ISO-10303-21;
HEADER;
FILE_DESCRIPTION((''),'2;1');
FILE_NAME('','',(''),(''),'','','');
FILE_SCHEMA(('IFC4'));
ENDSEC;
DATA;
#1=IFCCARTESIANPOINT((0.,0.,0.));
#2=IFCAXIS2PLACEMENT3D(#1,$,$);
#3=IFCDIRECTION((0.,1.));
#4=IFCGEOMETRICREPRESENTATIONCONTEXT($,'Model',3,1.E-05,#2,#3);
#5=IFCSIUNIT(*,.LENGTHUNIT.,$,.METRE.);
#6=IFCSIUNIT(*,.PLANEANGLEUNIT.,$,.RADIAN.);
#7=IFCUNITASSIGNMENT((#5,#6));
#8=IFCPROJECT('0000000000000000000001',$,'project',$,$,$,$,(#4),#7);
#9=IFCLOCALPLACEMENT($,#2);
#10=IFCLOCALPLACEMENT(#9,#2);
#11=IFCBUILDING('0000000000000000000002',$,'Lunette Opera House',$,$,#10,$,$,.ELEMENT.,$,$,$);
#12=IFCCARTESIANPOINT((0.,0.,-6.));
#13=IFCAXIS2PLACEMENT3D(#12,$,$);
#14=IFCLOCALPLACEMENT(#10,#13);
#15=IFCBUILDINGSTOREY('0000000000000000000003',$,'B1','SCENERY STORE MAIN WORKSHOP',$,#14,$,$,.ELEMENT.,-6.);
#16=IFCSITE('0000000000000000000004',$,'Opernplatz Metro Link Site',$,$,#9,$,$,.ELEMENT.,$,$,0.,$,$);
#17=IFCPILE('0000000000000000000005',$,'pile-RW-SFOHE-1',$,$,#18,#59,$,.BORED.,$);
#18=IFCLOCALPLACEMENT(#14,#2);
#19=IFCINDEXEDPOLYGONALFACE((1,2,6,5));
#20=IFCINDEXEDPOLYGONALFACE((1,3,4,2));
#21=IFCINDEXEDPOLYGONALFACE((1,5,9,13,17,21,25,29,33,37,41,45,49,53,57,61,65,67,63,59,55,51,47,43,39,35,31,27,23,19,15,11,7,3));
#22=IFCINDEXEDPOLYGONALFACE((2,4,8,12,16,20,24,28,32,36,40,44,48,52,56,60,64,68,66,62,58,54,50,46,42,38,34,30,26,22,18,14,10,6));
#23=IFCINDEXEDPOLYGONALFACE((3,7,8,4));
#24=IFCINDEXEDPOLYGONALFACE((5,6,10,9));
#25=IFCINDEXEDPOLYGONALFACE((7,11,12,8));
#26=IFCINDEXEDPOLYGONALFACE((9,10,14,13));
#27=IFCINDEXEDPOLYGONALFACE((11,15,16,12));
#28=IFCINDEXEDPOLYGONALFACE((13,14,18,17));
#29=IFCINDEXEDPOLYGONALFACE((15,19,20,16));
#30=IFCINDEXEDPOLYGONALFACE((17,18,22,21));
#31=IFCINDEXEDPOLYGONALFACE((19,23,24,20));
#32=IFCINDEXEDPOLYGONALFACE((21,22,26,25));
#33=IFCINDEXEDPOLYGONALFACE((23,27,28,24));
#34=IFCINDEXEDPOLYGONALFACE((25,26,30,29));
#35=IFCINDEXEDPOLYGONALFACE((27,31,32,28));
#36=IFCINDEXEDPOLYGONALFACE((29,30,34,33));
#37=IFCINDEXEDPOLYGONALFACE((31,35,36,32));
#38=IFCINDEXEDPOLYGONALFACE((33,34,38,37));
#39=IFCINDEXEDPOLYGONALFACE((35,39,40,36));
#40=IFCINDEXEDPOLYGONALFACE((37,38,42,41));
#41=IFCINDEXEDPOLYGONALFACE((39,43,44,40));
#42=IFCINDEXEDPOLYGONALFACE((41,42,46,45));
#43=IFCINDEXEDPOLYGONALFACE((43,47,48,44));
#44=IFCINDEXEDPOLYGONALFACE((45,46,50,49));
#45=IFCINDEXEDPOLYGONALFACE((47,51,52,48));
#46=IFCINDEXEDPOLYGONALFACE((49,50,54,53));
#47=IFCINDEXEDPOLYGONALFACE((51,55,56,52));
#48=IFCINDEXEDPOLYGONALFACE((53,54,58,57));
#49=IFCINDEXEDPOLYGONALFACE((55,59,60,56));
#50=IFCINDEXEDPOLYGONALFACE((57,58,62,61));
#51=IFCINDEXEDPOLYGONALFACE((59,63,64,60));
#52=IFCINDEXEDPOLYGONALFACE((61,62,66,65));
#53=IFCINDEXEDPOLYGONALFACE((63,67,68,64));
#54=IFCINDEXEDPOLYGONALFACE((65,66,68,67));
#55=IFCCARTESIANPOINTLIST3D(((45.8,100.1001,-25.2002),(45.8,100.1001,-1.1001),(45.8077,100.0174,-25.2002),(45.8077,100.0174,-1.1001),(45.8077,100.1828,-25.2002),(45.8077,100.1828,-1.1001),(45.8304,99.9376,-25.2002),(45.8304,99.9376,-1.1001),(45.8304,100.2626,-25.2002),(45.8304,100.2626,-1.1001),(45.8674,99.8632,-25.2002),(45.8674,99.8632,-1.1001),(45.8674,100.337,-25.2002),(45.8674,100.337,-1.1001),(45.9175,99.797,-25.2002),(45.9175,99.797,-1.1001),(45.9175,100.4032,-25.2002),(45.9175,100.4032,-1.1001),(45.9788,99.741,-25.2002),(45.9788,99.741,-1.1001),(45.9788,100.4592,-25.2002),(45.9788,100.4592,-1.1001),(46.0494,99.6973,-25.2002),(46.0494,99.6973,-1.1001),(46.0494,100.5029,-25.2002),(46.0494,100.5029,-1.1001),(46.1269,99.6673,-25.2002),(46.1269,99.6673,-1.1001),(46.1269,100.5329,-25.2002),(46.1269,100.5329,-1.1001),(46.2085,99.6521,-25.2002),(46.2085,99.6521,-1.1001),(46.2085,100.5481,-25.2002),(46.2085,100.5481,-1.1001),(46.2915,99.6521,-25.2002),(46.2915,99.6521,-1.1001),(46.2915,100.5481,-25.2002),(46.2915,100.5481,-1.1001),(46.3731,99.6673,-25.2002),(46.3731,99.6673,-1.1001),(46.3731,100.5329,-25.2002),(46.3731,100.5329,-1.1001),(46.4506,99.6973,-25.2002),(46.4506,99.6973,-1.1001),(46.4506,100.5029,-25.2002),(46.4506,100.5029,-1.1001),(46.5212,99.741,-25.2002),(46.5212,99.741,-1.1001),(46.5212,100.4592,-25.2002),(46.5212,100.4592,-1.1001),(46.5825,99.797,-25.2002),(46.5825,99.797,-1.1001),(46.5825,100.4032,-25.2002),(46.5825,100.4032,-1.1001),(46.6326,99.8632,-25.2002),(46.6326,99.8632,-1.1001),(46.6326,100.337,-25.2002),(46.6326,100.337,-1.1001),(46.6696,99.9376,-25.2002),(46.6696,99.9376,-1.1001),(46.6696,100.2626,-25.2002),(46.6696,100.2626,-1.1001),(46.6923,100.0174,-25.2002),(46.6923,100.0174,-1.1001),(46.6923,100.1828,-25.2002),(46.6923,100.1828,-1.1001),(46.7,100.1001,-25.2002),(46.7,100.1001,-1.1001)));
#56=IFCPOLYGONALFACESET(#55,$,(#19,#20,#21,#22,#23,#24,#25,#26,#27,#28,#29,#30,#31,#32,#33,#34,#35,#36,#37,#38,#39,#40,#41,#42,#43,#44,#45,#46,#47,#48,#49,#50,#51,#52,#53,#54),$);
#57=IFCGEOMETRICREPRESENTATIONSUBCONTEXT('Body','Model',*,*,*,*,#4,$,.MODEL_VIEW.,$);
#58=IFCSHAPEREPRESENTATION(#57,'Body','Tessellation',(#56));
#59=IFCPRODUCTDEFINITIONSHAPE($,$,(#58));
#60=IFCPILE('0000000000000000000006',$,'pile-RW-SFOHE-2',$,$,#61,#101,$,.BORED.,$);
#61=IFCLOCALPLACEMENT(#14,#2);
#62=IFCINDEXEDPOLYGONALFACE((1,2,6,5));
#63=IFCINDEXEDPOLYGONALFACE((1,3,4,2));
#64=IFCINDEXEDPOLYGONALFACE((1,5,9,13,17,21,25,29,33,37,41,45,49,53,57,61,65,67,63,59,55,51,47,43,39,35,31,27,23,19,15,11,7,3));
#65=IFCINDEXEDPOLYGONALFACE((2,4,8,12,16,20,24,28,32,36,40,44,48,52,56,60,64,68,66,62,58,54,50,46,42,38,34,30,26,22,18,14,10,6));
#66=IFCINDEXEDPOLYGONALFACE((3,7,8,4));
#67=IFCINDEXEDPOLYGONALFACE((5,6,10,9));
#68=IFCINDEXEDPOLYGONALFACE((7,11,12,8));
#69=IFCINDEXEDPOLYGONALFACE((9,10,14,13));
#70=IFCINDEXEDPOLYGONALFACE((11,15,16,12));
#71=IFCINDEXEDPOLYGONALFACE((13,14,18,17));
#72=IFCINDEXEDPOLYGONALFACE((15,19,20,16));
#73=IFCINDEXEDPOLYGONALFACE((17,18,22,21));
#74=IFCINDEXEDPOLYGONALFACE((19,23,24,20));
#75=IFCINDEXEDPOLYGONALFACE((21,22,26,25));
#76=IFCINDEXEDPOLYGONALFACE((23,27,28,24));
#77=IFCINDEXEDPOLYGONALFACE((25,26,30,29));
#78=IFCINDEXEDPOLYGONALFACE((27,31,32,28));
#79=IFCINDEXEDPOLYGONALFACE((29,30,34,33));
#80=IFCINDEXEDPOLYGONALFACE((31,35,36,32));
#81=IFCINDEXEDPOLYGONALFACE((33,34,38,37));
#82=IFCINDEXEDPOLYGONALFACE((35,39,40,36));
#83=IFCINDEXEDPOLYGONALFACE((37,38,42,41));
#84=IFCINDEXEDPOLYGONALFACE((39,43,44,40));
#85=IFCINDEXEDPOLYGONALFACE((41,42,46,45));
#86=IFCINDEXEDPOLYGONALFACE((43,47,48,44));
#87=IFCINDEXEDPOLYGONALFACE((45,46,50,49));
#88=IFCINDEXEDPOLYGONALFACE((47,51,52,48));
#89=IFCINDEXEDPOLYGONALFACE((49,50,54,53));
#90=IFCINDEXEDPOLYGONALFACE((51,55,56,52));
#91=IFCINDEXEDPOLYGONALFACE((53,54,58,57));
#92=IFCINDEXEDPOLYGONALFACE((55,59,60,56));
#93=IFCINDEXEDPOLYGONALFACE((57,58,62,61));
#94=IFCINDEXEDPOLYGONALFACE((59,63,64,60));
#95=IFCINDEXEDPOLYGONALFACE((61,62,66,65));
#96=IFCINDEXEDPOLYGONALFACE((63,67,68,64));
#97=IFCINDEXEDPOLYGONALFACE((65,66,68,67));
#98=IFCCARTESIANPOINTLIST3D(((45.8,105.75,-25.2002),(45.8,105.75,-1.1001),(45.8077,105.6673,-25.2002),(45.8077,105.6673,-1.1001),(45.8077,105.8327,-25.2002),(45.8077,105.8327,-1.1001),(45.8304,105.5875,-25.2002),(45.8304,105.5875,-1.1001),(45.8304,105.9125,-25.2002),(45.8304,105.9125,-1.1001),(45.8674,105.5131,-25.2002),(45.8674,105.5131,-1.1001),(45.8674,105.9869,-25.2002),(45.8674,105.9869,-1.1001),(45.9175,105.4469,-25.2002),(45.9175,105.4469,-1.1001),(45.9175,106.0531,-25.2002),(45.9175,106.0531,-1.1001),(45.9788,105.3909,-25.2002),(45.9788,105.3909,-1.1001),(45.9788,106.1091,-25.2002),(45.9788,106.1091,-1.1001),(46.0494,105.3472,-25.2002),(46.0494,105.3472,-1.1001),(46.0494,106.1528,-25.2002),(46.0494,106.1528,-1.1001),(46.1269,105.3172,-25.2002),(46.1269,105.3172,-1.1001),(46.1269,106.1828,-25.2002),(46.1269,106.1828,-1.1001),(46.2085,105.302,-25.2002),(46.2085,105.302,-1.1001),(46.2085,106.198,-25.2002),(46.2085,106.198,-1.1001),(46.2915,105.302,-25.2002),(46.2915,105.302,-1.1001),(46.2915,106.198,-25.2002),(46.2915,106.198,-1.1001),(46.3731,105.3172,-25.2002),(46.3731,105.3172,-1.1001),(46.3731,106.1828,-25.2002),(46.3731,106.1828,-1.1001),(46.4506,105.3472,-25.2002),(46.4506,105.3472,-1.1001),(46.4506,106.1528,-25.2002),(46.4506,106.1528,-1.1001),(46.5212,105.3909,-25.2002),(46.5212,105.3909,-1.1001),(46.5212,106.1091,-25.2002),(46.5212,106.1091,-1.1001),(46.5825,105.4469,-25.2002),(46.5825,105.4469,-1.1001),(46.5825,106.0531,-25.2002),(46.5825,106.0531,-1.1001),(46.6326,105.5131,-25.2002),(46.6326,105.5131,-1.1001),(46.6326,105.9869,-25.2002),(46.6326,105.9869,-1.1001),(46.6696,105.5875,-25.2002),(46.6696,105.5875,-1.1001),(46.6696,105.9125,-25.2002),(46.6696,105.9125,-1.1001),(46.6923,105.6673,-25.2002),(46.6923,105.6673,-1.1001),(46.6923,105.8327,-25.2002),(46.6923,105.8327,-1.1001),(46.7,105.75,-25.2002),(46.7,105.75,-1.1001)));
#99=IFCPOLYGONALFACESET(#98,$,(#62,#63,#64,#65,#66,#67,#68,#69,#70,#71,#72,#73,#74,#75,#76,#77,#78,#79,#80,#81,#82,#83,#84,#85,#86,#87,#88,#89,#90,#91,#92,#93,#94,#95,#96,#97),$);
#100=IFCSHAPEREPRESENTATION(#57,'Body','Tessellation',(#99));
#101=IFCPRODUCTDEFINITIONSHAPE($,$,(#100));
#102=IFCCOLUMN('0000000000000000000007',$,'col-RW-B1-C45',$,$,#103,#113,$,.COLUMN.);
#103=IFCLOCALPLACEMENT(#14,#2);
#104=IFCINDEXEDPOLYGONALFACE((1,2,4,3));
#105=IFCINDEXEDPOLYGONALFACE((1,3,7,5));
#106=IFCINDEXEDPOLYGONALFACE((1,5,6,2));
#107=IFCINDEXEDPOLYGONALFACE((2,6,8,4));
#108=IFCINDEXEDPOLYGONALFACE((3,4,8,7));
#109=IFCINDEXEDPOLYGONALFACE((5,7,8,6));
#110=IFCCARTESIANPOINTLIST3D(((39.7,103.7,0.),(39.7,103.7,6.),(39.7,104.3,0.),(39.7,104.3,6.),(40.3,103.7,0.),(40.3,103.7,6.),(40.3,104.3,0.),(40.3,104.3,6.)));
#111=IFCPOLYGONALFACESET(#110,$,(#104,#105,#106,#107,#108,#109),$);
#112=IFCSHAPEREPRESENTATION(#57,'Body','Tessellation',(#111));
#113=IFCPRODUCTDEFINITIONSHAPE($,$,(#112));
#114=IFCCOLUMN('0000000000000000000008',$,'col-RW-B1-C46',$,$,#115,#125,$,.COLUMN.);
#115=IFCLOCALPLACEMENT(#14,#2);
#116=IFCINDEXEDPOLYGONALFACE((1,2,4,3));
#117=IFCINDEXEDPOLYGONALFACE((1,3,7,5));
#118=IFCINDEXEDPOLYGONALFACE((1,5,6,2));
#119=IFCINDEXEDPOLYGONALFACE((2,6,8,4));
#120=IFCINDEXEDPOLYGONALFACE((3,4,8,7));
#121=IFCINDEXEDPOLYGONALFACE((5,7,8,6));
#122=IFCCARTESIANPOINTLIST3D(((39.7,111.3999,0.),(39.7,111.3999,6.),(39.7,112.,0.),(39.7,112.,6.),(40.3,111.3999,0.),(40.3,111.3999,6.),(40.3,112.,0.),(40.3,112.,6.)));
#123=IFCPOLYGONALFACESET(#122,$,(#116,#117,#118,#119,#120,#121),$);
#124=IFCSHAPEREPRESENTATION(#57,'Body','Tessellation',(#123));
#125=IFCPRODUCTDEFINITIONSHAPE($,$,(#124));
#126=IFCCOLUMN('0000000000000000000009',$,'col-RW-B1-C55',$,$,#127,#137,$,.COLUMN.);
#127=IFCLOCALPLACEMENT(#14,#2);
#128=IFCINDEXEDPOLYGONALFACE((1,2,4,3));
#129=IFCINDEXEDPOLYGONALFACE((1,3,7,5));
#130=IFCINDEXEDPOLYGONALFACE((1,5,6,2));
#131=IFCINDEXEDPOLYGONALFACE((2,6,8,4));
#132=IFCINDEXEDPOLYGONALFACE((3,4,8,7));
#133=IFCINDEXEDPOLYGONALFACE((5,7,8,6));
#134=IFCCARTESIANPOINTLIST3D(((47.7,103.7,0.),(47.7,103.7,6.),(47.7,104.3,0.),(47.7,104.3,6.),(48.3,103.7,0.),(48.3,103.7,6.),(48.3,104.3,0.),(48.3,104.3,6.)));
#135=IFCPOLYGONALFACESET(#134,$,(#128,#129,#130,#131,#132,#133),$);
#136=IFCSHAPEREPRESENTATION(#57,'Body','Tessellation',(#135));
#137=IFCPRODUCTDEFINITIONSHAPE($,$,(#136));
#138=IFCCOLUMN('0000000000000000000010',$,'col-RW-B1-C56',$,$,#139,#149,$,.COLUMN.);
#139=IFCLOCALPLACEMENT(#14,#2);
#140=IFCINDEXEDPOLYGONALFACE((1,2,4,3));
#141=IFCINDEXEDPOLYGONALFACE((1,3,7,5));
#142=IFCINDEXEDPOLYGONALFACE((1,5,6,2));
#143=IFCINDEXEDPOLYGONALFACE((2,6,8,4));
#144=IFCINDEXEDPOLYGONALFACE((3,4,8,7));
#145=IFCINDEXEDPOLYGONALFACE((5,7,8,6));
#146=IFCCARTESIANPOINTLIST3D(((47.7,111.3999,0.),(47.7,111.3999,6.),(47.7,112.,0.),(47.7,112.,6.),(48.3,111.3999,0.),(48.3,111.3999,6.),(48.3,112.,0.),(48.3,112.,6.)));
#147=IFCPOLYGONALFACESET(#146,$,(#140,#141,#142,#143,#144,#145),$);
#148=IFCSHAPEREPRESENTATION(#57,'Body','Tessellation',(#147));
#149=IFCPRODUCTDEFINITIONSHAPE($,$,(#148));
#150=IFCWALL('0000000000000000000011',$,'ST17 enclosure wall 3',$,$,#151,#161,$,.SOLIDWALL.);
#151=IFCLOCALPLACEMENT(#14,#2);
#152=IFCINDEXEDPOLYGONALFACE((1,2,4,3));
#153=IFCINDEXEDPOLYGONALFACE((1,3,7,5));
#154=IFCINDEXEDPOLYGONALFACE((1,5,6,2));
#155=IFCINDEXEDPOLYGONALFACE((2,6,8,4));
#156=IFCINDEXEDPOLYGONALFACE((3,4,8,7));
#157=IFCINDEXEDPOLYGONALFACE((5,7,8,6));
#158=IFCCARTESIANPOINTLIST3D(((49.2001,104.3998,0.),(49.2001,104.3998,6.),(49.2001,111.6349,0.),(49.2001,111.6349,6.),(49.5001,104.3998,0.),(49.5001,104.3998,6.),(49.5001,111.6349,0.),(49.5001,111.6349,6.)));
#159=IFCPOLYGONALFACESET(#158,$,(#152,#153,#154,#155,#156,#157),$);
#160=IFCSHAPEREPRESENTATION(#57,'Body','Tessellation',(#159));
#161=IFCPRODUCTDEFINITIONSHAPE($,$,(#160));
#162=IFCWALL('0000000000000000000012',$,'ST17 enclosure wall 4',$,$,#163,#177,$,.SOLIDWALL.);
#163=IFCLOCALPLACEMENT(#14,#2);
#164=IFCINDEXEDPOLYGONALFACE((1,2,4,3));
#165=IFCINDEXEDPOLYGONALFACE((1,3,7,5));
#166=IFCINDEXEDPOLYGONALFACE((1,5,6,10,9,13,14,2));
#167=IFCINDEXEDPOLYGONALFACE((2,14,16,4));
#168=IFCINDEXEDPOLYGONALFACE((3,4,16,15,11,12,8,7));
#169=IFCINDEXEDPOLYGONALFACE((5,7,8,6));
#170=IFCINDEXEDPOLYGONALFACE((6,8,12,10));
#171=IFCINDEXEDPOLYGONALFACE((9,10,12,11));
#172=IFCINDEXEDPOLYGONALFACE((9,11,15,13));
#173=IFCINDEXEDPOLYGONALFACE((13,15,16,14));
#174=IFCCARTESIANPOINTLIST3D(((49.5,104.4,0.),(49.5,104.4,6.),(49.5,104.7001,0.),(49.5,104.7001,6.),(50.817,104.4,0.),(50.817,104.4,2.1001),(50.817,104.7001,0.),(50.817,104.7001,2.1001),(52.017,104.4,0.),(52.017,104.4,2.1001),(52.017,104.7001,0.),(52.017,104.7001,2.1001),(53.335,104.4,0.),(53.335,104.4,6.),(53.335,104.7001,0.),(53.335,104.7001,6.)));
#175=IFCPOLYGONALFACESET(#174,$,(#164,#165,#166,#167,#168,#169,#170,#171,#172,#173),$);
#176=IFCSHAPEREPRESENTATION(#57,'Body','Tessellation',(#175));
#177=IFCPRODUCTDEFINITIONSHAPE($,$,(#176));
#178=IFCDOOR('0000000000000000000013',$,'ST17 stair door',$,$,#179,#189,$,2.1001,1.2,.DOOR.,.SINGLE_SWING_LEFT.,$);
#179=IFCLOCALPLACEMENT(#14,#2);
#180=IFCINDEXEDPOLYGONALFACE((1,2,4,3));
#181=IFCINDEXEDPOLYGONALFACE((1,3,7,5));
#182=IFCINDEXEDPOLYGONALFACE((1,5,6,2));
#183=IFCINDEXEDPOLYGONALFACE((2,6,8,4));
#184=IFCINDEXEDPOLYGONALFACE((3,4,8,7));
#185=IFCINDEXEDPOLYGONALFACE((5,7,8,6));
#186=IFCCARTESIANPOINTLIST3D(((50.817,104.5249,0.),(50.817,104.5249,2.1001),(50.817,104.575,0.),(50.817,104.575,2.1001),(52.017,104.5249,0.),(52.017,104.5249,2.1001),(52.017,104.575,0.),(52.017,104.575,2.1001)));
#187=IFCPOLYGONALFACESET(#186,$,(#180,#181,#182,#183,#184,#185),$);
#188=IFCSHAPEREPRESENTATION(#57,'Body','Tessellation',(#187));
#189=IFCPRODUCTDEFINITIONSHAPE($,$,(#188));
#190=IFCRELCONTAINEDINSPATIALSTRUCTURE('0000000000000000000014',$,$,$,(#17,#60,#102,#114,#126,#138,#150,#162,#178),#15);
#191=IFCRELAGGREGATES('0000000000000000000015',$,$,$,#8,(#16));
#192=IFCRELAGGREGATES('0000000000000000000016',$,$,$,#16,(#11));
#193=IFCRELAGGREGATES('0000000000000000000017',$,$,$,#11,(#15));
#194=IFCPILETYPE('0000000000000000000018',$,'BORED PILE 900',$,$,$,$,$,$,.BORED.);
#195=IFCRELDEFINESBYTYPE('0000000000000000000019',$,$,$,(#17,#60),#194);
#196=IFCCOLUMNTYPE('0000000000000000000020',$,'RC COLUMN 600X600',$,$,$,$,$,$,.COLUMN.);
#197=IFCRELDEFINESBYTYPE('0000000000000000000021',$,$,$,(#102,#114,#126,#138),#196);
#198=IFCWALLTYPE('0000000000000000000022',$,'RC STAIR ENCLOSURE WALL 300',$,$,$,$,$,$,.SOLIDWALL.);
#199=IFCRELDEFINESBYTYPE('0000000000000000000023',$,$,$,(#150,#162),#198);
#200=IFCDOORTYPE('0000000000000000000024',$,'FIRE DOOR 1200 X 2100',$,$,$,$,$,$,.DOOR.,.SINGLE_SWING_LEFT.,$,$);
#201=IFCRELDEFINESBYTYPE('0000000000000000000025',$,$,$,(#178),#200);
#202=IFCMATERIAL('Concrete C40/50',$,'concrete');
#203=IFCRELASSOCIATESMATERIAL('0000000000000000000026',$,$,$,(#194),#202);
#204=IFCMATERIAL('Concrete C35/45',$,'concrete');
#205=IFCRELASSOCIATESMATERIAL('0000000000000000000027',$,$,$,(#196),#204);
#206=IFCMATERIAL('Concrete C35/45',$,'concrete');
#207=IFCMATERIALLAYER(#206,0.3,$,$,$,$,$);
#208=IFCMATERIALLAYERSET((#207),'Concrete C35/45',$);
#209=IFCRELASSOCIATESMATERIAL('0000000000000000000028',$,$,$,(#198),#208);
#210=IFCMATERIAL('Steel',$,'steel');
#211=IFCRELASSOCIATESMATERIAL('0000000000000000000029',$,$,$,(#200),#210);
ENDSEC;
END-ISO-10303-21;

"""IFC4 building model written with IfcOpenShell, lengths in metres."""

from ifc_helpers import new_model, si_unit, direction, frame, frame_2d, origin, origin_2d, place, context, subcontext, project, spatial, rectangle, circle, extrude, material, layer, layer_set, material_profile, profile_set, type_object, element, fill, save


model = new_model("IFC4")

# Units and contexts
model_context = context("Model", 3, precision=1e-05, world=origin(), true_north=direction((0.0, 1.0)))
body_context = subcontext(model_context, "Body", "Model", "MODEL_VIEW")
ifc_project = project(units=[si_unit("LENGTHUNIT", "METRE"), si_unit("PLANEANGLEUNIT", "RADIAN")], contexts=[model_context])

# Site, building, storey
site_placement = place(None, origin())
site = spatial("IfcSite", under=ifc_project, at=site_placement, Name="Opernplatz Metro Link Site", CompositionType="ELEMENT", RefElevation=0.0)
building_placement = place(site_placement, origin())
building = spatial("IfcBuilding", under=site, at=building_placement, Name="Lunette Opera House", CompositionType="ELEMENT")
storey_placement = place(building_placement, frame((0.0, 0.0, -6.0)))
storey = spatial("IfcBuildingStorey", under=building, at=storey_placement, Name="B1", Description="SCENERY STORE MAIN WORKSHOP", CompositionType="ELEMENT", Elevation=-6.0)

# Piles
ifc_material_1 = material(Name="Concrete C40/50", Category="concrete")
ifc_material_profile_1 = material_profile(ifc_material_1, circle(Radius=0.45, at=origin_2d()), Name="BORED PILE 900")
ifc_profile_set_1 = profile_set([ifc_material_profile_1], Name="Concrete C40/50")
pile_type = type_object("IfcPileType", Name="BORED PILE 900", PredefinedType="BORED", material=ifc_profile_set_1)
for number, where, z_axis, x_axis, name in (
    (1, (46.25, 100.1001, -1.1001), (0.0, 0.0, -1.0), (1.0, 0.0, 0.0), "pile-RW-SFOHE-1"),
    (2, (46.25, 105.75, -1.1001), (0.0, 0.0, -1.0), (1.0, 0.0, 0.0), "pile-RW-SFOHE-2"),
):
    element("IfcPile", number, at=place(storey_placement, frame(where, z_axis=z_axis, x_axis=x_axis)), inside=storey, type_object=pile_type, Name=name, PredefinedType="BORED", context=body_context, shape_type="SweptSolid", body=[
        extrude(circle(Radius=0.45, at=origin_2d()), origin(), (0.0, 0.0, 1.0), 24.1001),
    ])

# Columns
ifc_material_2 = material(Name="Concrete C35/45", Category="concrete")
ifc_material_profile_2 = material_profile(ifc_material_2, rectangle(XDim=0.6001, YDim=0.6001, at=origin_2d()), Name="RC COLUMN 600X600")
ifc_profile_set_2 = profile_set([ifc_material_profile_2], Name="Concrete C35/45")
column_type = type_object("IfcColumnType", Name="RC COLUMN 600X600", PredefinedType="COLUMN", material=ifc_profile_set_2)
for number, where, z_axis, x_axis, name in (
    (3, (40.0, 104.0, 0.0), (0.0, 0.0, 1.0), (1.0, 0.0, 0.0), "col-RW-B1-C45"),
    (4, (40.0, 111.7, 0.0), (0.0, 0.0, 1.0), (1.0, 0.0, 0.0), "col-RW-B1-C46"),
    (5, (48.0, 104.0, 0.0), (0.0, 0.0, 1.0), (1.0, 0.0, 0.0), "col-RW-B1-C55"),
    (6, (48.0, 111.7, 0.0), (0.0, 0.0, 1.0), (1.0, 0.0, 0.0), "col-RW-B1-C56"),
):
    element("IfcColumn", number, at=place(storey_placement, frame(where, z_axis=z_axis, x_axis=x_axis)), inside=storey, type_object=column_type, Name=name, PredefinedType="COLUMN", context=body_context, shape_type="SweptSolid", body=[
        extrude(rectangle(XDim=0.6001, YDim=0.6001, at=origin_2d()), origin(), (0.0, 0.0, 1.0), 6.0),
    ])

# Wall
ifc_material_3 = material(Name="Concrete C35/45", Category="concrete")
ifc_layer = layer(ifc_material_3, 0.3)
ifc_layer_set = layer_set([ifc_layer], Name="Concrete C35/45")
wall_type = type_object("IfcWallType", Name="RC STAIR ENCLOSURE WALL 300", PredefinedType="SOLIDWALL", material=ifc_layer_set)
wall_1_placement = place(storey_placement, frame((49.3501, 111.635, 0.0), z_axis=(0.0, 0.0, 1.0), x_axis=(0.0, -1.0, 0.0)))
element("IfcWall", 7, at=wall_1_placement, inside=storey, type_object=wall_type, Name="ST17 enclosure wall 3", PredefinedType="SOLIDWALL", context=body_context, shape_type="SweptSolid", body=[
    extrude(rectangle(XDim=7.2351, YDim=0.3, at=frame_2d((3.6177, 0.0))), origin(), (0.0, 0.0, 1.0), 6.0),
])

# Wall, opening, door
wall_2_placement = place(storey_placement, frame((49.5, 104.55, 0.0), z_axis=(0.0, 0.0, 1.0), x_axis=(1.0, 0.0, 0.0)))
wall_2 = element("IfcWall", 8, at=wall_2_placement, inside=storey, type_object=wall_type, Name="ST17 enclosure wall 4", PredefinedType="SOLIDWALL", context=body_context, shape_type="SweptSolid", body=[
    extrude(rectangle(XDim=3.835, YDim=0.3, at=frame_2d((1.9175, 0.0))), origin(), (0.0, 0.0, 1.0), 6.0),
])
opening_placement = place(wall_2_placement, frame((1.3169, 0.0, 0.0)))
opening = element("IfcOpeningElement", 9, at=opening_placement, cuts=wall_2, PredefinedType="OPENING", context=body_context, shape_type="SweptSolid", body=[
    extrude(rectangle(XDim=1.2, YDim=2.1001, at=frame_2d((0.6001, 1.05))), frame((0.0, 0.1621, 0.0), z_axis=(0.0, -1.0, 0.0), x_axis=(1.0, 0.0, 0.0)), (0.0, 0.0, 1.0), 0.324),
])
ifc_material_4 = material(Name="Steel", Category="steel")
door_type = type_object("IfcDoorType", Name="FIRE DOOR 1200 X 2100", OperationType="SINGLE_SWING_LEFT", PredefinedType="DOOR", material=ifc_material_4)
door_placement = place(opening_placement, origin())
door = element("IfcDoor", 10, at=door_placement, inside=storey, type_object=door_type, Name="ST17 stair door", OperationType="SINGLE_SWING_LEFT", OverallHeight=2.1001, OverallWidth=1.2, PredefinedType="DOOR", context=body_context, shape_type="SweptSolid", body=[
    extrude(rectangle(XDim=1.2, YDim=2.1001, at=frame_2d((0.6001, 1.05))), frame((0.0, 0.0249, 0.0), z_axis=(0.0, -1.0, 0.0), x_axis=(1.0, 0.0, 0.0)), (0.0, 0.0, 1.0), 0.05),
])
fill(opening, door)

save(model, "model.ifc")
